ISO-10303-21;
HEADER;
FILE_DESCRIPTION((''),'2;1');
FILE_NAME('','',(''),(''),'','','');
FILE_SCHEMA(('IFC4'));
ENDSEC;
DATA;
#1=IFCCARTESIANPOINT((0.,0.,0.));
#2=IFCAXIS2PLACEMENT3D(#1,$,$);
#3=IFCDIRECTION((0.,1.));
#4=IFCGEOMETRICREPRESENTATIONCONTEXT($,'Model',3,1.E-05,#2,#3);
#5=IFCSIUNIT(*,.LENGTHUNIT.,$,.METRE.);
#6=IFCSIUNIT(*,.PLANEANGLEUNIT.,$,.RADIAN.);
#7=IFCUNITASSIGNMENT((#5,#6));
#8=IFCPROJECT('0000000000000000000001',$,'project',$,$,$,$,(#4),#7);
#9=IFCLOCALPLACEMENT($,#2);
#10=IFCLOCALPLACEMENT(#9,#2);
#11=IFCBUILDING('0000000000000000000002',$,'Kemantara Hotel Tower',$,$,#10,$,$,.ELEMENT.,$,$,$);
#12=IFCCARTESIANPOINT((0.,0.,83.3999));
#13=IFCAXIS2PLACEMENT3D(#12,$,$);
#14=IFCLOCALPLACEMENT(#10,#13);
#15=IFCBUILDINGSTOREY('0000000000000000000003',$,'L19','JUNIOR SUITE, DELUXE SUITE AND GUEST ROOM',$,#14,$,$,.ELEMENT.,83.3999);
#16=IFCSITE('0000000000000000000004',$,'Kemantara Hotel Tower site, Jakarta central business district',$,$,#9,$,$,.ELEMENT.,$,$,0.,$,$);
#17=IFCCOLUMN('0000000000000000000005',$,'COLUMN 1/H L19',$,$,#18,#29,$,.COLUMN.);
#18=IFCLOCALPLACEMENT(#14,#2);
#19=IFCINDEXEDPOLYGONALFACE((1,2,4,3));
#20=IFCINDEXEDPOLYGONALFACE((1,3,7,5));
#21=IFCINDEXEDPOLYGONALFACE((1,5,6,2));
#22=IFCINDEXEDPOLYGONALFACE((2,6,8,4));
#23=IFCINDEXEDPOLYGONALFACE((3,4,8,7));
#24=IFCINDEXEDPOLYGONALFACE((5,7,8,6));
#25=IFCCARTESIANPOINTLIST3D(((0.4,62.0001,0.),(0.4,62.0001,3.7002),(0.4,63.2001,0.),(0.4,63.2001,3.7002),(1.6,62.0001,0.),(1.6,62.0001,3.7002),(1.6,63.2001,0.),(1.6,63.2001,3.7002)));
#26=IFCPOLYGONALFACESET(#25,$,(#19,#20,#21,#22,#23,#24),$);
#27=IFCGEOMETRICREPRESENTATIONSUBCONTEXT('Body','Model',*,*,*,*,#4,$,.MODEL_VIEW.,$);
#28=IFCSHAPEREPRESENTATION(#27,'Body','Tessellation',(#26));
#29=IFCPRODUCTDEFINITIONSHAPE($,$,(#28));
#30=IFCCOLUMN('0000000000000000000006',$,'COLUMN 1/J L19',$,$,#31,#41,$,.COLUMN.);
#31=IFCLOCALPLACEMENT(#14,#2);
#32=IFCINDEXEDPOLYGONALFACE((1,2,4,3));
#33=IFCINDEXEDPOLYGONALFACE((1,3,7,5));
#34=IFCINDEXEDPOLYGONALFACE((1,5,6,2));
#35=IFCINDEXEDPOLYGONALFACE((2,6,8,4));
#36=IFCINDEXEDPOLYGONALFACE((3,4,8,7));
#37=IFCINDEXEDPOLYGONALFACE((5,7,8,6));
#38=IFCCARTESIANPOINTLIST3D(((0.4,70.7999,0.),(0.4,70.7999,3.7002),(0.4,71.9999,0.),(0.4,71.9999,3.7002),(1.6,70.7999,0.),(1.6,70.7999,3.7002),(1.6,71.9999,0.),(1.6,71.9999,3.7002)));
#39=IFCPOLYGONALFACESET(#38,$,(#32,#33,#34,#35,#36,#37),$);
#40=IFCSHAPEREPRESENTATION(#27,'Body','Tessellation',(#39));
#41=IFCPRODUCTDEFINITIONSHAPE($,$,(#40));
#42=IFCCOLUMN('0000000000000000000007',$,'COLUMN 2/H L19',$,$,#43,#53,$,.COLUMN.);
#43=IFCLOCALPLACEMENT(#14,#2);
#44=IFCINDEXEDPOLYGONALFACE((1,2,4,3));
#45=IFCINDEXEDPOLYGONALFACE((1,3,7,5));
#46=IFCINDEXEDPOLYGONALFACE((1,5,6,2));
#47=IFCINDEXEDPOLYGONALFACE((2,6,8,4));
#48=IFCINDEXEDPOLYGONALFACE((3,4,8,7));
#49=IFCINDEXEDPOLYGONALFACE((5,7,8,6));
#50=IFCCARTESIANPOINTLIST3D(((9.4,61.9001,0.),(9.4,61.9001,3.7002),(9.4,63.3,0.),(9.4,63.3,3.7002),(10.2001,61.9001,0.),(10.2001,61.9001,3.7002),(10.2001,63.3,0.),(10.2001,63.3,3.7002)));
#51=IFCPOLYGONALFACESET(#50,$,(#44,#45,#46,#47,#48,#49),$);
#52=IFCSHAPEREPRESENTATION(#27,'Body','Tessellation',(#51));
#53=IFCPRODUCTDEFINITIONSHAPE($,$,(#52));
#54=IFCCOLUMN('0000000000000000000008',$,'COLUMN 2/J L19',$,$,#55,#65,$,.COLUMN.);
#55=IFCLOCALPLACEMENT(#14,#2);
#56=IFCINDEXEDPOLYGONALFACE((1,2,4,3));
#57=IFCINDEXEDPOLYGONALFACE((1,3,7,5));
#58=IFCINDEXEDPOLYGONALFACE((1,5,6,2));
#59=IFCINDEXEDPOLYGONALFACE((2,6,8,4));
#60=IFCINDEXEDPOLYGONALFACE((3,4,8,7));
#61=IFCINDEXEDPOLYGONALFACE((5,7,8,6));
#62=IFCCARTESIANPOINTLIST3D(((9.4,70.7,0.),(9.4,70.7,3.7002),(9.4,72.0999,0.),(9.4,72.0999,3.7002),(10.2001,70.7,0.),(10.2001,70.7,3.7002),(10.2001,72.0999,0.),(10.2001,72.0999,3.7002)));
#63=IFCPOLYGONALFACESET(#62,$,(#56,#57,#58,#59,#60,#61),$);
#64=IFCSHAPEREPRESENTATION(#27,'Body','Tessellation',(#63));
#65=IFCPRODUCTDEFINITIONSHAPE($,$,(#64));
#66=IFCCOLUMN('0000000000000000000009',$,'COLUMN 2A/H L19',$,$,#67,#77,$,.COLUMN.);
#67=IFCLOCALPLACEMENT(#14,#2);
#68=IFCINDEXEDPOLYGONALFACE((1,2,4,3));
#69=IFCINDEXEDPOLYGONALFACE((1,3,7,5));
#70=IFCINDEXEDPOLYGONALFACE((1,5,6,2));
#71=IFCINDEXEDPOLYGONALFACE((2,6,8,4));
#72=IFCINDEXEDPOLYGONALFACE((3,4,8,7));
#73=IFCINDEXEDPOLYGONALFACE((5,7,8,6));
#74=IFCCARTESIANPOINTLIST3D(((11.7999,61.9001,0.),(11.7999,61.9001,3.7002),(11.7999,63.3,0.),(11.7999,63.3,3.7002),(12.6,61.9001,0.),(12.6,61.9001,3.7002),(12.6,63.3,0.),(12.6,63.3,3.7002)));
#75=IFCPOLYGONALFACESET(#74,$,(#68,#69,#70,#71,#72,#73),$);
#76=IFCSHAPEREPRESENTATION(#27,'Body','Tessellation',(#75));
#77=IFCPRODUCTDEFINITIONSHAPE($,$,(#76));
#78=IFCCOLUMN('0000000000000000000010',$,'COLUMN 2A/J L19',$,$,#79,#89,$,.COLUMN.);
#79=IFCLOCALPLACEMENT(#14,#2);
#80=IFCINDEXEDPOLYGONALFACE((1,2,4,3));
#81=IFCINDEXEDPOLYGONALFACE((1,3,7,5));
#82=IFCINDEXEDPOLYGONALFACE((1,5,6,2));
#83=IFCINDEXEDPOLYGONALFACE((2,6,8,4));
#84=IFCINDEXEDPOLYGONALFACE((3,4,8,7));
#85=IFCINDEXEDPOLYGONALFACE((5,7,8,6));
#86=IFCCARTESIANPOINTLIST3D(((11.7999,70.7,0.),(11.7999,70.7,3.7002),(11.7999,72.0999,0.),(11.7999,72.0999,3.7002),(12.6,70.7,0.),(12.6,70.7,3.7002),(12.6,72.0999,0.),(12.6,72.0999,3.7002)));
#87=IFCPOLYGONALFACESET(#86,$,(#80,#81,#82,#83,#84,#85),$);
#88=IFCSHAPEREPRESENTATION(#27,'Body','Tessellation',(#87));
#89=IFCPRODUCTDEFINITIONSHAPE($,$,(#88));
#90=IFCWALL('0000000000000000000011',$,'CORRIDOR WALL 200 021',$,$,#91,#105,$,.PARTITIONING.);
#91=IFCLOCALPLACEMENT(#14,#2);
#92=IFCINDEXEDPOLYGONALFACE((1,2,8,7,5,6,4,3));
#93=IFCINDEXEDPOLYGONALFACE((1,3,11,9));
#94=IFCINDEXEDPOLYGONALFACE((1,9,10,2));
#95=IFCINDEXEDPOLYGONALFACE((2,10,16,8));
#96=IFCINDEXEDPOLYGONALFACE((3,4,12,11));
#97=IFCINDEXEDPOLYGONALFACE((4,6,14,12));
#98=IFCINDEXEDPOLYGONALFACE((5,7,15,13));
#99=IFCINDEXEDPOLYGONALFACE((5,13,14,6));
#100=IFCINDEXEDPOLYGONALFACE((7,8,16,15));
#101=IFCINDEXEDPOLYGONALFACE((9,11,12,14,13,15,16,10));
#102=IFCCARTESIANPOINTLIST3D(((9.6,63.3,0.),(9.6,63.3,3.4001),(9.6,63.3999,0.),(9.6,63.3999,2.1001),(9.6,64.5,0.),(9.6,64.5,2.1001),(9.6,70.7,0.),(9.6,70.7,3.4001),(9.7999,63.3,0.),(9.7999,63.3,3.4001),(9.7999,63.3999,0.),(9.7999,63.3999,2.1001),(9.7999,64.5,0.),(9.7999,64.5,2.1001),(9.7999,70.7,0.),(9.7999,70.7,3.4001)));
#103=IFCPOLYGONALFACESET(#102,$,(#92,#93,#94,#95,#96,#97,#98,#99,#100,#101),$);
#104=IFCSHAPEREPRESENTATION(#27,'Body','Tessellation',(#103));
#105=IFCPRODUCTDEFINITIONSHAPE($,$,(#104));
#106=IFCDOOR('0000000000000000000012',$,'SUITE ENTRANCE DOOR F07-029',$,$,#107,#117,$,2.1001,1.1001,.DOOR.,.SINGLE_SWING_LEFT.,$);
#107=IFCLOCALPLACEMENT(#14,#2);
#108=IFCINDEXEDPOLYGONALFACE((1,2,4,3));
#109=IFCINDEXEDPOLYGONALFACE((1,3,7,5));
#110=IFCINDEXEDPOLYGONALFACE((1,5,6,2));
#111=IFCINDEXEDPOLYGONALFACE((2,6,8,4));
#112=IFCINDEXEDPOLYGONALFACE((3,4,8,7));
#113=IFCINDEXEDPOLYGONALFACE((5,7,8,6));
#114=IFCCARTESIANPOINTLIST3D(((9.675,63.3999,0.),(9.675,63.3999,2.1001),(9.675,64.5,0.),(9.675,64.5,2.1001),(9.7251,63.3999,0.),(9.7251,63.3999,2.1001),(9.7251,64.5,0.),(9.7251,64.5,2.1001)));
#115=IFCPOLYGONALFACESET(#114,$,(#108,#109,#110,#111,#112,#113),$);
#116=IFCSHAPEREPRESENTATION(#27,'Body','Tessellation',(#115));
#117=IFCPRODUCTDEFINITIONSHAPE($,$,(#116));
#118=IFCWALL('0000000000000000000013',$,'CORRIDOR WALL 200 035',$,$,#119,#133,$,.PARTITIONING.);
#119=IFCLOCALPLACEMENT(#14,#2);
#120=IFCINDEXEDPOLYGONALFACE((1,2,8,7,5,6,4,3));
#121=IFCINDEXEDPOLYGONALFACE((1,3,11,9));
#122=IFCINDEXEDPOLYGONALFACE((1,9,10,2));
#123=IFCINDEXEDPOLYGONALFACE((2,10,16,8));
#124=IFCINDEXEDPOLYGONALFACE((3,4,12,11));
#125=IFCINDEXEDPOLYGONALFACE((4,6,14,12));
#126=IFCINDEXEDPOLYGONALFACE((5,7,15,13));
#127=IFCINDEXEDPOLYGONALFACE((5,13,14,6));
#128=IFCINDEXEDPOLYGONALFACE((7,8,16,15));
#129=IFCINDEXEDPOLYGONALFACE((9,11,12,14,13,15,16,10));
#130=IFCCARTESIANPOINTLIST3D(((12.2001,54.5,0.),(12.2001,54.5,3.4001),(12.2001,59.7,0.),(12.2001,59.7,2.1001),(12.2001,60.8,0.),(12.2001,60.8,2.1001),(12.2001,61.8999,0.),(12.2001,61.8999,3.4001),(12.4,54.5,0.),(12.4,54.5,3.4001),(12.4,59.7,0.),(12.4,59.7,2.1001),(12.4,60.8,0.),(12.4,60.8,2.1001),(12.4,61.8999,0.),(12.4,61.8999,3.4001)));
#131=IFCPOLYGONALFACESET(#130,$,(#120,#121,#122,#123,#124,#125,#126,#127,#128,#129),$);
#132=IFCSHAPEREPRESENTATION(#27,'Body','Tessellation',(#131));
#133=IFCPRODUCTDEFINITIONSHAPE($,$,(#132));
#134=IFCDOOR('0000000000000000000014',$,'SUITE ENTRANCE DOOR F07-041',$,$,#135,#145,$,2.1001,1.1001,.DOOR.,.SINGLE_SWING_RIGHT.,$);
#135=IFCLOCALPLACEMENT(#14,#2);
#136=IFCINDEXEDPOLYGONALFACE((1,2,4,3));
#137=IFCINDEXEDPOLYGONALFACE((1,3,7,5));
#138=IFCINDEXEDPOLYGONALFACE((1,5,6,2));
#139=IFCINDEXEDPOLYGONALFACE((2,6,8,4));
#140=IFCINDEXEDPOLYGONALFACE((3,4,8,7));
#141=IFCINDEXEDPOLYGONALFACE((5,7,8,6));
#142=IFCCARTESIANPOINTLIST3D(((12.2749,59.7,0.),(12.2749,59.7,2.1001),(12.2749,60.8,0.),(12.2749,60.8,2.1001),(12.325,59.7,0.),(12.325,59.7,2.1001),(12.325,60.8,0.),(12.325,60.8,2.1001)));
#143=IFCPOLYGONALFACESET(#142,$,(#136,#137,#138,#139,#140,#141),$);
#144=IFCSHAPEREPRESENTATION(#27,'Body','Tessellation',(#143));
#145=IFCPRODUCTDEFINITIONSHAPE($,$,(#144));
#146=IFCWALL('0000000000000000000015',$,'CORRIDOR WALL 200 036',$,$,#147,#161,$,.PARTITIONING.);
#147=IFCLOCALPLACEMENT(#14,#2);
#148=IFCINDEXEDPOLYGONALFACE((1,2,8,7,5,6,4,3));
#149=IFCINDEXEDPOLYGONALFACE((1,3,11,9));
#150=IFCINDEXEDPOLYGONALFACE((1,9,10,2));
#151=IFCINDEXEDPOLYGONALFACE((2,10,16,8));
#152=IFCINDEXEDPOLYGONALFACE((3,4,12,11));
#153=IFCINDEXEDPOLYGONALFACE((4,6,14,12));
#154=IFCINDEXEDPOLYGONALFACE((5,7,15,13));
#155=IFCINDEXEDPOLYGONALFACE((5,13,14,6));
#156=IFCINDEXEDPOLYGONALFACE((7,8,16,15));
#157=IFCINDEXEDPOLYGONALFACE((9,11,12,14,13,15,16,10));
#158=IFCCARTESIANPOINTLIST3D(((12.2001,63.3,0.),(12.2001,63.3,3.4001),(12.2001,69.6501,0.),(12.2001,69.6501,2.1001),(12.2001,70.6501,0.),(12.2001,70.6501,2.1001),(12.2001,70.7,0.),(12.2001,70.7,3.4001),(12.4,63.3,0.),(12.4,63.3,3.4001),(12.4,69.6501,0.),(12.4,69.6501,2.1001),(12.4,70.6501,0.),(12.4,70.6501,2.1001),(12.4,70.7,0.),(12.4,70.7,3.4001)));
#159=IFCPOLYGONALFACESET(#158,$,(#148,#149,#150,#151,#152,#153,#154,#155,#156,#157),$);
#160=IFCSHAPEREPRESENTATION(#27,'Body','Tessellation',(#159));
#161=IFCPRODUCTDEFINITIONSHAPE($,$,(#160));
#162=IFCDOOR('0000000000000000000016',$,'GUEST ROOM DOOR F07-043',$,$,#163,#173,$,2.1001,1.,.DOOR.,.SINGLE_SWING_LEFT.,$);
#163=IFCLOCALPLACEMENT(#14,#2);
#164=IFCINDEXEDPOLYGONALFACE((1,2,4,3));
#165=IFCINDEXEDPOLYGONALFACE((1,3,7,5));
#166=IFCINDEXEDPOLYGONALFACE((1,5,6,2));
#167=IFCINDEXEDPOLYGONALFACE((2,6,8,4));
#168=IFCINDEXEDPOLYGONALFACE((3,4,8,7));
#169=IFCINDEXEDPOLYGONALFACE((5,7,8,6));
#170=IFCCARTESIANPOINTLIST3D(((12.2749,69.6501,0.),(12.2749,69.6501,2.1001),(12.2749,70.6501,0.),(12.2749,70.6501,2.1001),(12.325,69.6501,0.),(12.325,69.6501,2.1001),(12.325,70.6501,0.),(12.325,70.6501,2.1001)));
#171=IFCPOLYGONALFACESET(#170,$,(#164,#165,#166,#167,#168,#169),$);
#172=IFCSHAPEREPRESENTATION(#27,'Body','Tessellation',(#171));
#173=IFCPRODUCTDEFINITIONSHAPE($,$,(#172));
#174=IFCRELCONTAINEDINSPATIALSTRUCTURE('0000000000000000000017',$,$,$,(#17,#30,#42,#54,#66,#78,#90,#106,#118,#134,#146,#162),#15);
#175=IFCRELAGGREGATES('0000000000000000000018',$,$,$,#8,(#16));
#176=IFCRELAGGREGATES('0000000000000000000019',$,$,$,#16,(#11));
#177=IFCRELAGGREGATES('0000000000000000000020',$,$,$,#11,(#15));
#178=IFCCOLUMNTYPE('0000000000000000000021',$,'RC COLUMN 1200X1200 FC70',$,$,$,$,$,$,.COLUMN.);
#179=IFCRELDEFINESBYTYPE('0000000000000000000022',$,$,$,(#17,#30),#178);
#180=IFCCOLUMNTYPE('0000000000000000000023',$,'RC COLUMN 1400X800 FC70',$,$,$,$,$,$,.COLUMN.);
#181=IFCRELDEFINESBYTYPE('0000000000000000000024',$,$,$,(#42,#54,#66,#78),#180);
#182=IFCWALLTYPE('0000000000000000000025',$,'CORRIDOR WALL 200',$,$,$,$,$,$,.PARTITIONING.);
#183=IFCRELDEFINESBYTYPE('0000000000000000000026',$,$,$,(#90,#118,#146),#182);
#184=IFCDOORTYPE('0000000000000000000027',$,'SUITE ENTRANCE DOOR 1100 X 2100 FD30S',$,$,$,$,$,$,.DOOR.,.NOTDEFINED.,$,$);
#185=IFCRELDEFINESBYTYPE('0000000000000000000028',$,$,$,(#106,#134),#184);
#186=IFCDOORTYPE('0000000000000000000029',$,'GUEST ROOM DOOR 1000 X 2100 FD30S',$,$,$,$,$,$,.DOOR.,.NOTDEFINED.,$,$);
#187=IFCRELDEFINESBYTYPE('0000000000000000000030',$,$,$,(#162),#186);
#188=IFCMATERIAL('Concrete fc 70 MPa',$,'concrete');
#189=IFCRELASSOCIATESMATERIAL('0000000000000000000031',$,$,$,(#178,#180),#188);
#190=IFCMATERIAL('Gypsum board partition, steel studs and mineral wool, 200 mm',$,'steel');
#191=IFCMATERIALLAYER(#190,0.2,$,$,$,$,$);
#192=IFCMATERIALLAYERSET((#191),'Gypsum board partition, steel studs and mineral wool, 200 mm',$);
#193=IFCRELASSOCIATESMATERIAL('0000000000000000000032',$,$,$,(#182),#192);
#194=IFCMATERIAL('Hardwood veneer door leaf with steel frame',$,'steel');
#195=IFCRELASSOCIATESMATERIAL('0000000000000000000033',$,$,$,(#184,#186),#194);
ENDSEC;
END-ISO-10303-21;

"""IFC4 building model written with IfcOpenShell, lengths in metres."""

from ifc_helpers import new_model, si_unit, direction, frame, frame_2d, origin, origin_2d, place, context, subcontext, project, spatial, rectangle, extrude, material, layer, layer_set, material_profile, profile_set, type_object, element, fill, save


model = new_model("IFC4")

# Units and contexts
model_context = context("Model", 3, precision=1e-05, world=origin(), true_north=direction((0.0, 1.0)))
body_context = subcontext(model_context, "Body", "Model", "MODEL_VIEW")
ifc_project = project(units=[si_unit("LENGTHUNIT", "METRE"), si_unit("PLANEANGLEUNIT", "RADIAN")], contexts=[model_context])

# Site, building, storey
site_placement = place(None, origin())
site = spatial("IfcSite", under=ifc_project, at=site_placement, Name="Kemantara Hotel Tower site, Jakarta central business district", CompositionType="ELEMENT", RefElevation=0.0)
building_placement = place(site_placement, origin())
building = spatial("IfcBuilding", under=site, at=building_placement, Name="Kemantara Hotel Tower", CompositionType="ELEMENT")
storey_placement = place(building_placement, frame((0.0, 0.0, 83.3999)))
storey = spatial("IfcBuildingStorey", under=building, at=storey_placement, Name="L19", Description="JUNIOR SUITE, DELUXE SUITE AND GUEST ROOM", CompositionType="ELEMENT", Elevation=83.3999)

# Columns
ifc_material_1 = material(Name="Concrete fc 70 MPa", Category="concrete")
ifc_material_profile_1 = material_profile(ifc_material_1, rectangle(XDim=1.2, YDim=1.2, at=origin_2d()), Name="RC 1200X1200")
ifc_profile_set_1 = profile_set([ifc_material_profile_1], Name="Concrete fc 70 MPa")
column_type_1 = type_object("IfcColumnType", Name="RC COLUMN 1200X1200 FC70", PredefinedType="COLUMN", material=ifc_profile_set_1)
for number, where, z_axis, x_axis, name in (
    (1, (1.0, 62.6001, 0.0), (0.0, 0.0, 1.0), (1.0, 0.0, 0.0), "COLUMN 1/H L19"),
    (2, (1.0, 71.3999, 0.0), (0.0, 0.0, 1.0), (1.0, 0.0, 0.0), "COLUMN 1/J L19"),
):
    element("IfcColumn", number, at=place(storey_placement, frame(where, z_axis=z_axis, x_axis=x_axis)), inside=storey, type_object=column_type_1, Name=name, PredefinedType="COLUMN", context=body_context, shape_type="SweptSolid", body=[
        extrude(rectangle(XDim=1.2, YDim=1.2, at=origin_2d()), origin(), (0.0, 0.0, 1.0), 3.7002),
    ])
ifc_material_profile_2 = material_profile(ifc_material_1, rectangle(XDim=1.3999, YDim=0.8, at=origin_2d()), Name="RC 1400X800")
ifc_profile_set_2 = profile_set([ifc_material_profile_2], Name="Concrete fc 70 MPa")
column_type_2 = type_object("IfcColumnType", Name="RC COLUMN 1400X800 FC70", PredefinedType="COLUMN", material=ifc_profile_set_2)
for number, where, z_axis, x_axis, name in (
    (3, (9.8, 62.6001, 0.0), (0.0, 0.0, 1.0), (0.0, 1.0, 0.0), "COLUMN 2/H L19"),
    (4, (9.8, 71.3999, 0.0), (0.0, 0.0, 1.0), (0.0, 1.0, 0.0), "COLUMN 2/J L19"),
    (5, (12.2, 62.6001, 0.0), (0.0, 0.0, 1.0), (0.0, 1.0, 0.0), "COLUMN 2A/H L19"),
    (6, (12.2, 71.3999, 0.0), (0.0, 0.0, 1.0), (0.0, 1.0, 0.0), "COLUMN 2A/J L19"),
):
    element("IfcColumn", number, at=place(storey_placement, frame(where, z_axis=z_axis, x_axis=x_axis)), inside=storey, type_object=column_type_2, Name=name, PredefinedType="COLUMN", context=body_context, shape_type="SweptSolid", body=[
        extrude(rectangle(XDim=1.3999, YDim=0.8, at=origin_2d()), origin(), (0.0, 0.0, 1.0), 3.7002),
    ])

# Walls, openings, doors
ifc_material_2 = material(Name="Gypsum board partition, steel studs and mineral wool, 200 mm", Category="steel")
ifc_layer_1 = layer(ifc_material_2, 0.2)
ifc_layer_set_1 = layer_set([ifc_layer_1], Name="Gypsum board partition, steel studs and mineral wool, 200 mm")
wall_type_1 = type_object("IfcWallType", Name="CORRIDOR WALL 200", PredefinedType="PARTITIONING", material=ifc_layer_set_1)
wall_1_placement = place(storey_placement, frame((9.7, 63.3, 0.0), z_axis=(0.0, 0.0, 1.0), x_axis=(0.0, 1.0, 0.0)))
wall_1 = element("IfcWall", 7, at=wall_1_placement, inside=storey, type_object=wall_type_1, Name="CORRIDOR WALL 200 021", PredefinedType="PARTITIONING", context=body_context, shape_type="SweptSolid", body=[
    extrude(rectangle(XDim=7.3999, YDim=0.2, at=frame_2d((3.7, 0.0))), origin(), (0.0, 0.0, 1.0), 3.4001),
])
opening_1_placement = place(wall_1_placement, frame((0.0999, 0.0, 0.0)))
opening_1 = element("IfcOpeningElement", 8, at=opening_1_placement, cuts=wall_1, PredefinedType="OPENING", context=body_context, shape_type="SweptSolid", body=[
    extrude(rectangle(XDim=1.1001, YDim=2.1001, at=frame_2d((0.55, 1.05))), frame((0.0, 0.1099, 0.0), z_axis=(0.0, -1.0, 0.0), x_axis=(1.0, 0.0, 0.0)), (0.0, 0.0, 1.0), 0.22),
])
ifc_material_3 = material(Name="Hardwood veneer door leaf with steel frame", Category="steel")
door_type_1 = type_object("IfcDoorType", Name="SUITE ENTRANCE DOOR 1100 X 2100 FD30S", OperationType="NOTDEFINED", PredefinedType="DOOR", material=ifc_material_3)
door_1_placement = place(opening_1_placement, origin())
door_1 = element("IfcDoor", 9, at=door_1_placement, inside=storey, type_object=door_type_1, Name="SUITE ENTRANCE DOOR F07-029", OperationType="SINGLE_SWING_LEFT", OverallHeight=2.1001, OverallWidth=1.1001, PredefinedType="DOOR", context=body_context, shape_type="SweptSolid", body=[
    extrude(rectangle(XDim=1.1001, YDim=2.1001, at=frame_2d((0.55, 1.05))), frame((0.0, 0.0249, 0.0), z_axis=(0.0, -1.0, 0.0), x_axis=(1.0, 0.0, 0.0)), (0.0, 0.0, 1.0), 0.05),
])
fill(opening_1, door_1)
wall_2_placement = place(storey_placement, frame((12.3, 61.8999, 0.0), z_axis=(0.0, 0.0, 1.0), x_axis=(0.0, -1.0, 0.0)))
wall_2 = element("IfcWall", 10, at=wall_2_placement, inside=storey, type_object=wall_type_1, Name="CORRIDOR WALL 200 035", PredefinedType="PARTITIONING", context=body_context, shape_type="SweptSolid", body=[
    extrude(rectangle(XDim=7.3999, YDim=0.2, at=frame_2d((3.7, 0.0))), origin(), (0.0, 0.0, 1.0), 3.4001),
])
opening_2_placement = place(wall_2_placement, frame((1.0999, 0.0, 0.0)))
opening_2 = element("IfcOpeningElement", 11, at=opening_2_placement, cuts=wall_2, PredefinedType="OPENING", context=body_context, shape_type="SweptSolid", body=[
    extrude(rectangle(XDim=1.1001, YDim=2.1001, at=frame_2d((0.55, 1.05))), frame((0.0, 0.1099, 0.0), z_axis=(0.0, -1.0, 0.0), x_axis=(1.0, 0.0, 0.0)), (0.0, 0.0, 1.0), 0.22),
])
door_2_placement = place(opening_2_placement, origin())
door_2 = element("IfcDoor", 12, at=door_2_placement, inside=storey, type_object=door_type_1, Name="SUITE ENTRANCE DOOR F07-041", OperationType="SINGLE_SWING_RIGHT", OverallHeight=2.1001, OverallWidth=1.1001, PredefinedType="DOOR", context=body_context, shape_type="SweptSolid", body=[
    extrude(rectangle(XDim=1.1001, YDim=2.1001, at=frame_2d((0.55, 1.05))), frame((0.0, 0.0249, 0.0), z_axis=(0.0, -1.0, 0.0), x_axis=(1.0, 0.0, 0.0)), (0.0, 0.0, 1.0), 0.05),
])
fill(opening_2, door_2)
wall_3_placement = place(storey_placement, frame((12.3, 70.7, 0.0), z_axis=(0.0, 0.0, 1.0), x_axis=(0.0, -1.0, 0.0)))
wall_3 = element("IfcWall", 13, at=wall_3_placement, inside=storey, type_object=wall_type_1, Name="CORRIDOR WALL 200 036", PredefinedType="PARTITIONING", context=body_context, shape_type="SweptSolid", body=[
    extrude(rectangle(XDim=7.3999, YDim=0.2, at=frame_2d((3.7, 0.0))), origin(), (0.0, 0.0, 1.0), 3.4001),
])
opening_3_placement = place(wall_3_placement, frame((0.0498, 0.0, 0.0)))
opening_3 = element("IfcOpeningElement", 14, at=opening_3_placement, cuts=wall_3, PredefinedType="OPENING", context=body_context, shape_type="SweptSolid", body=[
    extrude(rectangle(XDim=1.0, YDim=2.1001, at=frame_2d((0.5, 1.05))), frame((0.0, 0.1099, 0.0), z_axis=(0.0, -1.0, 0.0), x_axis=(1.0, 0.0, 0.0)), (0.0, 0.0, 1.0), 0.22),
])
door_type_2 = type_object("IfcDoorType", Name="GUEST ROOM DOOR 1000 X 2100 FD30S", OperationType="NOTDEFINED", PredefinedType="DOOR", material=ifc_material_3)
door_3_placement = place(opening_3_placement, origin())
door_3 = element("IfcDoor", 15, at=door_3_placement, inside=storey, type_object=door_type_2, Name="GUEST ROOM DOOR F07-043", OperationType="SINGLE_SWING_LEFT", OverallHeight=2.1001, OverallWidth=1.0, PredefinedType="DOOR", context=body_context, shape_type="SweptSolid", body=[
    extrude(rectangle(XDim=1.0, YDim=2.1001, at=frame_2d((0.5, 1.05))), frame((0.0, 0.0249, 0.0), z_axis=(0.0, -1.0, 0.0), x_axis=(1.0, 0.0, 0.0)), (0.0, 0.0, 1.0), 0.05),
])
fill(opening_3, door_3)

save(model, "model.ifc")
